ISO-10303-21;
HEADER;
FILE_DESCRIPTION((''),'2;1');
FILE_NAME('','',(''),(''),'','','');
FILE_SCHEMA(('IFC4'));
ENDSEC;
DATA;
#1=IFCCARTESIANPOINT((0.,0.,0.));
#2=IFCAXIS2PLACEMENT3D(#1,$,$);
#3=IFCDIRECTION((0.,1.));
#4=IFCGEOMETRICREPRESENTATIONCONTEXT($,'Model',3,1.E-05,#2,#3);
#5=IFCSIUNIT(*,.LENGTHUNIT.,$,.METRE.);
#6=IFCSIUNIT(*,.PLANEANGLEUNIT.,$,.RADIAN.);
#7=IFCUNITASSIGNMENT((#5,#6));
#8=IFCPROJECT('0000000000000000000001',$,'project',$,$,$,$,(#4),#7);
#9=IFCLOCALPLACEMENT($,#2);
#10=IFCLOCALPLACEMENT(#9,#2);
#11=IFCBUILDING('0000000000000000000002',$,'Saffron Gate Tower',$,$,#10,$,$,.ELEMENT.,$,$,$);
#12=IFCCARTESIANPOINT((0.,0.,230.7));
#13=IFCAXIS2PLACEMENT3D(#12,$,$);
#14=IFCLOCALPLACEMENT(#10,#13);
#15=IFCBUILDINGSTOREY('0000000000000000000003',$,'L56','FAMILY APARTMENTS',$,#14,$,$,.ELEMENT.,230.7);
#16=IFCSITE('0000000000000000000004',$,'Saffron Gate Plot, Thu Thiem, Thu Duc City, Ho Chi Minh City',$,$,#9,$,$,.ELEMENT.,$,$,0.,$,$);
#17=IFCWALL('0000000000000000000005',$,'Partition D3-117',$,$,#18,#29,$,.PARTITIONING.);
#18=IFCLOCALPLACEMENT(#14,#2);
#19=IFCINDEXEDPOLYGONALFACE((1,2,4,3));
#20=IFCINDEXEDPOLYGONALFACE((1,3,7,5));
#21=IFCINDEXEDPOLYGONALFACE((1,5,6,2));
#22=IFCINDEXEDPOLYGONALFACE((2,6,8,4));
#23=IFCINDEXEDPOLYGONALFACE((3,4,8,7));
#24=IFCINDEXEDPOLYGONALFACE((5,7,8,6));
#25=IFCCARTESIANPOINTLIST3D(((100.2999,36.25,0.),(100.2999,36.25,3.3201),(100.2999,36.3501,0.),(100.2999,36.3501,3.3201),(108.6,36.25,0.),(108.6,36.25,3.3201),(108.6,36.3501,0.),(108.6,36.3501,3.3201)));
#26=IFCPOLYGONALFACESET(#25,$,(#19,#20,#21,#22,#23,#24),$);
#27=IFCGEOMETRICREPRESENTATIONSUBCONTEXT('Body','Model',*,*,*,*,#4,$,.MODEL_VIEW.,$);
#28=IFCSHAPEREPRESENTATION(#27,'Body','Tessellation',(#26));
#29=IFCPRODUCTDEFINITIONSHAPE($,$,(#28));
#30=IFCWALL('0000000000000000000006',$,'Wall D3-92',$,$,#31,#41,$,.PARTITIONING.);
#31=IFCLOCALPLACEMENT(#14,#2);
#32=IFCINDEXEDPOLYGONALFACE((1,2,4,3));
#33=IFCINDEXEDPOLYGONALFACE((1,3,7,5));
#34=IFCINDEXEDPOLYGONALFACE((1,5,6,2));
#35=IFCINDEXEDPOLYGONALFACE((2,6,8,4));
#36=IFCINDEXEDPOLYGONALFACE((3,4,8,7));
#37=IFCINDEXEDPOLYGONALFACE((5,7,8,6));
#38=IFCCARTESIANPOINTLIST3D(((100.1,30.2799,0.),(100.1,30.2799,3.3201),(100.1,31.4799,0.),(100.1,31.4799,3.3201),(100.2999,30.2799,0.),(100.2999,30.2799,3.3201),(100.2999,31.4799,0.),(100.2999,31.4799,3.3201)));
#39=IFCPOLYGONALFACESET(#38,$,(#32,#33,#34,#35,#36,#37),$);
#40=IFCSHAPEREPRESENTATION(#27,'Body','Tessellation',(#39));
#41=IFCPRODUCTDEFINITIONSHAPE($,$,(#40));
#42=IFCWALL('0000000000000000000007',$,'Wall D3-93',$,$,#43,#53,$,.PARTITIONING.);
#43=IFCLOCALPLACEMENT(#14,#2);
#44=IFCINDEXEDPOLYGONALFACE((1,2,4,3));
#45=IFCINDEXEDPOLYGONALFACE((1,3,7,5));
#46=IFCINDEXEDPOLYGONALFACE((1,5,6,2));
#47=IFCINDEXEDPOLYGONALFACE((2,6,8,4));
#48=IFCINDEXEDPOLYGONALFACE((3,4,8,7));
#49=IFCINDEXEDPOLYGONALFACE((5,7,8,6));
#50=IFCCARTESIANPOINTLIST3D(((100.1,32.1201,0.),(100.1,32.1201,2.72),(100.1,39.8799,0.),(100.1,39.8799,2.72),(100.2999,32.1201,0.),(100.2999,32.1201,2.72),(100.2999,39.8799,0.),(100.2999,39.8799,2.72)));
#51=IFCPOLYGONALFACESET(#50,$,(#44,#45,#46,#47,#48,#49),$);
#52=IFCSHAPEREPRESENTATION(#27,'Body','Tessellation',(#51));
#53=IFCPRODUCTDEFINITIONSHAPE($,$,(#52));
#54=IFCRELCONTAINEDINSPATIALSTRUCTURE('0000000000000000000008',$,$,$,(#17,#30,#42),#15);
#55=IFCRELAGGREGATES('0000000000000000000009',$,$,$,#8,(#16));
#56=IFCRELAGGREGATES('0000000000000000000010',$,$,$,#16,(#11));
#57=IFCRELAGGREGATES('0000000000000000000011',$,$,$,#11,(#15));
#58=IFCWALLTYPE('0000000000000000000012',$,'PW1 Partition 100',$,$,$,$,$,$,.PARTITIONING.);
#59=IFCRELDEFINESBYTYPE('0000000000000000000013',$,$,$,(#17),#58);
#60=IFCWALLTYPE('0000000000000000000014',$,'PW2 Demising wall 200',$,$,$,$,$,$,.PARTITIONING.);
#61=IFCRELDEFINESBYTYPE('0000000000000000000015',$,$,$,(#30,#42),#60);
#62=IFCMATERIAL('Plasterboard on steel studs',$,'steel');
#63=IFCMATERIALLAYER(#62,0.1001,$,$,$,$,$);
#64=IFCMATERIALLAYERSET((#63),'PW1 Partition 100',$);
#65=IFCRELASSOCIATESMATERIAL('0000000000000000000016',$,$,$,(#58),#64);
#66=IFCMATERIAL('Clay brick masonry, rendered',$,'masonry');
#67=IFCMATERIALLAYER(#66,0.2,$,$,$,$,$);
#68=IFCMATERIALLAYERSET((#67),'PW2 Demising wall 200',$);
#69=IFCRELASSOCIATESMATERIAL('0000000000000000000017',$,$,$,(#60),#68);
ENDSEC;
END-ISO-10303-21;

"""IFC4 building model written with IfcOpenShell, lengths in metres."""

from ifc_helpers import new_model, si_unit, direction, frame, frame_2d, origin, place, context, subcontext, project, spatial, rectangle, extrude, material, layer, layer_set, type_object, element, save


model = new_model("IFC4")

# Units and contexts
model_context = context("Model", 3, precision=1e-05, world=origin(), true_north=direction((0.0, 1.0)))
body_context = subcontext(model_context, "Body", "Model", "MODEL_VIEW")
ifc_project = project(units=[si_unit("LENGTHUNIT", "METRE"), si_unit("PLANEANGLEUNIT", "RADIAN")], contexts=[model_context])

# Site, building, storey
site_placement = place(None, origin())
site = spatial("IfcSite", under=ifc_project, at=site_placement, Name="Saffron Gate Plot, Thu Thiem, Thu Duc City, Ho Chi Minh City", CompositionType="ELEMENT", RefElevation=0.0)
building_placement = place(site_placement, origin())
building = spatial("IfcBuilding", under=site, at=building_placement, Name="Saffron Gate Tower", CompositionType="ELEMENT")
storey_placement = place(building_placement, frame((0.0, 0.0, 230.7)))
storey = spatial("IfcBuildingStorey", under=building, at=storey_placement, Name="L56", Description="FAMILY APARTMENTS", CompositionType="ELEMENT", Elevation=230.7)

# Shared definitions
ifc_material_1 = material(Name="Plasterboard on steel studs", Category="steel")
ifc_layer_1 = layer(ifc_material_1, 0.1001)
ifc_layer_set_1 = layer_set([ifc_layer_1], Name="PW1 Partition 100")
wall_type_1 = type_object("IfcWallType", Name="PW1 Partition 100", PredefinedType="PARTITIONING", material=ifc_layer_set_1)

# Walls
wall_1_placement = place(storey_placement, frame((100.3, 36.3, 0.0), z_axis=(0.0, 0.0, 1.0), x_axis=(1.0, 0.0, 0.0)))
element("IfcWall", 1, at=wall_1_placement, inside=storey, type_object=wall_type_1, Name="Partition D3-117", PredefinedType="PARTITIONING", context=body_context, shape_type="SweptSolid", body=[
    extrude(rectangle(XDim=8.3, YDim=0.1001, at=frame_2d((4.1499, 0.0))), origin(), (0.0, 0.0, 1.0), 3.3201),
])
ifc_material_2 = material(Name="Clay brick masonry, rendered", Category="masonry")
ifc_layer_2 = layer(ifc_material_2, 0.2)
ifc_layer_set_2 = layer_set([ifc_layer_2], Name="PW2 Demising wall 200")
wall_type_2 = type_object("IfcWallType", Name="PW2 Demising wall 200", PredefinedType="PARTITIONING", material=ifc_layer_set_2)
wall_2_placement = place(storey_placement, frame((100.2, 31.48, 0.0), z_axis=(0.0, 0.0, 1.0), x_axis=(0.0, -1.0, 0.0)))
element("IfcWall", 2, at=wall_2_placement, inside=storey, type_object=wall_type_2, Name="Wall D3-92", PredefinedType="PARTITIONING", context=body_context, shape_type="SweptSolid", body=[
    extrude(rectangle(XDim=1.2, YDim=0.2, at=frame_2d((0.6001, 0.0))), origin(), (0.0, 0.0, 1.0), 3.3201),
])
wall_3_placement = place(storey_placement, frame((100.2, 39.8799, 0.0), z_axis=(0.0, 0.0, 1.0), x_axis=(0.0, -1.0, 0.0)))
element("IfcWall", 3, at=wall_3_placement, inside=storey, type_object=wall_type_2, Name="Wall D3-93", PredefinedType="PARTITIONING", context=body_context, shape_type="SweptSolid", body=[
    extrude(rectangle(XDim=7.7598, YDim=0.2, at=frame_2d((3.8799, 0.0))), origin(), (0.0, 0.0, 1.0), 2.72),
])

save(model, "model.ifc")
